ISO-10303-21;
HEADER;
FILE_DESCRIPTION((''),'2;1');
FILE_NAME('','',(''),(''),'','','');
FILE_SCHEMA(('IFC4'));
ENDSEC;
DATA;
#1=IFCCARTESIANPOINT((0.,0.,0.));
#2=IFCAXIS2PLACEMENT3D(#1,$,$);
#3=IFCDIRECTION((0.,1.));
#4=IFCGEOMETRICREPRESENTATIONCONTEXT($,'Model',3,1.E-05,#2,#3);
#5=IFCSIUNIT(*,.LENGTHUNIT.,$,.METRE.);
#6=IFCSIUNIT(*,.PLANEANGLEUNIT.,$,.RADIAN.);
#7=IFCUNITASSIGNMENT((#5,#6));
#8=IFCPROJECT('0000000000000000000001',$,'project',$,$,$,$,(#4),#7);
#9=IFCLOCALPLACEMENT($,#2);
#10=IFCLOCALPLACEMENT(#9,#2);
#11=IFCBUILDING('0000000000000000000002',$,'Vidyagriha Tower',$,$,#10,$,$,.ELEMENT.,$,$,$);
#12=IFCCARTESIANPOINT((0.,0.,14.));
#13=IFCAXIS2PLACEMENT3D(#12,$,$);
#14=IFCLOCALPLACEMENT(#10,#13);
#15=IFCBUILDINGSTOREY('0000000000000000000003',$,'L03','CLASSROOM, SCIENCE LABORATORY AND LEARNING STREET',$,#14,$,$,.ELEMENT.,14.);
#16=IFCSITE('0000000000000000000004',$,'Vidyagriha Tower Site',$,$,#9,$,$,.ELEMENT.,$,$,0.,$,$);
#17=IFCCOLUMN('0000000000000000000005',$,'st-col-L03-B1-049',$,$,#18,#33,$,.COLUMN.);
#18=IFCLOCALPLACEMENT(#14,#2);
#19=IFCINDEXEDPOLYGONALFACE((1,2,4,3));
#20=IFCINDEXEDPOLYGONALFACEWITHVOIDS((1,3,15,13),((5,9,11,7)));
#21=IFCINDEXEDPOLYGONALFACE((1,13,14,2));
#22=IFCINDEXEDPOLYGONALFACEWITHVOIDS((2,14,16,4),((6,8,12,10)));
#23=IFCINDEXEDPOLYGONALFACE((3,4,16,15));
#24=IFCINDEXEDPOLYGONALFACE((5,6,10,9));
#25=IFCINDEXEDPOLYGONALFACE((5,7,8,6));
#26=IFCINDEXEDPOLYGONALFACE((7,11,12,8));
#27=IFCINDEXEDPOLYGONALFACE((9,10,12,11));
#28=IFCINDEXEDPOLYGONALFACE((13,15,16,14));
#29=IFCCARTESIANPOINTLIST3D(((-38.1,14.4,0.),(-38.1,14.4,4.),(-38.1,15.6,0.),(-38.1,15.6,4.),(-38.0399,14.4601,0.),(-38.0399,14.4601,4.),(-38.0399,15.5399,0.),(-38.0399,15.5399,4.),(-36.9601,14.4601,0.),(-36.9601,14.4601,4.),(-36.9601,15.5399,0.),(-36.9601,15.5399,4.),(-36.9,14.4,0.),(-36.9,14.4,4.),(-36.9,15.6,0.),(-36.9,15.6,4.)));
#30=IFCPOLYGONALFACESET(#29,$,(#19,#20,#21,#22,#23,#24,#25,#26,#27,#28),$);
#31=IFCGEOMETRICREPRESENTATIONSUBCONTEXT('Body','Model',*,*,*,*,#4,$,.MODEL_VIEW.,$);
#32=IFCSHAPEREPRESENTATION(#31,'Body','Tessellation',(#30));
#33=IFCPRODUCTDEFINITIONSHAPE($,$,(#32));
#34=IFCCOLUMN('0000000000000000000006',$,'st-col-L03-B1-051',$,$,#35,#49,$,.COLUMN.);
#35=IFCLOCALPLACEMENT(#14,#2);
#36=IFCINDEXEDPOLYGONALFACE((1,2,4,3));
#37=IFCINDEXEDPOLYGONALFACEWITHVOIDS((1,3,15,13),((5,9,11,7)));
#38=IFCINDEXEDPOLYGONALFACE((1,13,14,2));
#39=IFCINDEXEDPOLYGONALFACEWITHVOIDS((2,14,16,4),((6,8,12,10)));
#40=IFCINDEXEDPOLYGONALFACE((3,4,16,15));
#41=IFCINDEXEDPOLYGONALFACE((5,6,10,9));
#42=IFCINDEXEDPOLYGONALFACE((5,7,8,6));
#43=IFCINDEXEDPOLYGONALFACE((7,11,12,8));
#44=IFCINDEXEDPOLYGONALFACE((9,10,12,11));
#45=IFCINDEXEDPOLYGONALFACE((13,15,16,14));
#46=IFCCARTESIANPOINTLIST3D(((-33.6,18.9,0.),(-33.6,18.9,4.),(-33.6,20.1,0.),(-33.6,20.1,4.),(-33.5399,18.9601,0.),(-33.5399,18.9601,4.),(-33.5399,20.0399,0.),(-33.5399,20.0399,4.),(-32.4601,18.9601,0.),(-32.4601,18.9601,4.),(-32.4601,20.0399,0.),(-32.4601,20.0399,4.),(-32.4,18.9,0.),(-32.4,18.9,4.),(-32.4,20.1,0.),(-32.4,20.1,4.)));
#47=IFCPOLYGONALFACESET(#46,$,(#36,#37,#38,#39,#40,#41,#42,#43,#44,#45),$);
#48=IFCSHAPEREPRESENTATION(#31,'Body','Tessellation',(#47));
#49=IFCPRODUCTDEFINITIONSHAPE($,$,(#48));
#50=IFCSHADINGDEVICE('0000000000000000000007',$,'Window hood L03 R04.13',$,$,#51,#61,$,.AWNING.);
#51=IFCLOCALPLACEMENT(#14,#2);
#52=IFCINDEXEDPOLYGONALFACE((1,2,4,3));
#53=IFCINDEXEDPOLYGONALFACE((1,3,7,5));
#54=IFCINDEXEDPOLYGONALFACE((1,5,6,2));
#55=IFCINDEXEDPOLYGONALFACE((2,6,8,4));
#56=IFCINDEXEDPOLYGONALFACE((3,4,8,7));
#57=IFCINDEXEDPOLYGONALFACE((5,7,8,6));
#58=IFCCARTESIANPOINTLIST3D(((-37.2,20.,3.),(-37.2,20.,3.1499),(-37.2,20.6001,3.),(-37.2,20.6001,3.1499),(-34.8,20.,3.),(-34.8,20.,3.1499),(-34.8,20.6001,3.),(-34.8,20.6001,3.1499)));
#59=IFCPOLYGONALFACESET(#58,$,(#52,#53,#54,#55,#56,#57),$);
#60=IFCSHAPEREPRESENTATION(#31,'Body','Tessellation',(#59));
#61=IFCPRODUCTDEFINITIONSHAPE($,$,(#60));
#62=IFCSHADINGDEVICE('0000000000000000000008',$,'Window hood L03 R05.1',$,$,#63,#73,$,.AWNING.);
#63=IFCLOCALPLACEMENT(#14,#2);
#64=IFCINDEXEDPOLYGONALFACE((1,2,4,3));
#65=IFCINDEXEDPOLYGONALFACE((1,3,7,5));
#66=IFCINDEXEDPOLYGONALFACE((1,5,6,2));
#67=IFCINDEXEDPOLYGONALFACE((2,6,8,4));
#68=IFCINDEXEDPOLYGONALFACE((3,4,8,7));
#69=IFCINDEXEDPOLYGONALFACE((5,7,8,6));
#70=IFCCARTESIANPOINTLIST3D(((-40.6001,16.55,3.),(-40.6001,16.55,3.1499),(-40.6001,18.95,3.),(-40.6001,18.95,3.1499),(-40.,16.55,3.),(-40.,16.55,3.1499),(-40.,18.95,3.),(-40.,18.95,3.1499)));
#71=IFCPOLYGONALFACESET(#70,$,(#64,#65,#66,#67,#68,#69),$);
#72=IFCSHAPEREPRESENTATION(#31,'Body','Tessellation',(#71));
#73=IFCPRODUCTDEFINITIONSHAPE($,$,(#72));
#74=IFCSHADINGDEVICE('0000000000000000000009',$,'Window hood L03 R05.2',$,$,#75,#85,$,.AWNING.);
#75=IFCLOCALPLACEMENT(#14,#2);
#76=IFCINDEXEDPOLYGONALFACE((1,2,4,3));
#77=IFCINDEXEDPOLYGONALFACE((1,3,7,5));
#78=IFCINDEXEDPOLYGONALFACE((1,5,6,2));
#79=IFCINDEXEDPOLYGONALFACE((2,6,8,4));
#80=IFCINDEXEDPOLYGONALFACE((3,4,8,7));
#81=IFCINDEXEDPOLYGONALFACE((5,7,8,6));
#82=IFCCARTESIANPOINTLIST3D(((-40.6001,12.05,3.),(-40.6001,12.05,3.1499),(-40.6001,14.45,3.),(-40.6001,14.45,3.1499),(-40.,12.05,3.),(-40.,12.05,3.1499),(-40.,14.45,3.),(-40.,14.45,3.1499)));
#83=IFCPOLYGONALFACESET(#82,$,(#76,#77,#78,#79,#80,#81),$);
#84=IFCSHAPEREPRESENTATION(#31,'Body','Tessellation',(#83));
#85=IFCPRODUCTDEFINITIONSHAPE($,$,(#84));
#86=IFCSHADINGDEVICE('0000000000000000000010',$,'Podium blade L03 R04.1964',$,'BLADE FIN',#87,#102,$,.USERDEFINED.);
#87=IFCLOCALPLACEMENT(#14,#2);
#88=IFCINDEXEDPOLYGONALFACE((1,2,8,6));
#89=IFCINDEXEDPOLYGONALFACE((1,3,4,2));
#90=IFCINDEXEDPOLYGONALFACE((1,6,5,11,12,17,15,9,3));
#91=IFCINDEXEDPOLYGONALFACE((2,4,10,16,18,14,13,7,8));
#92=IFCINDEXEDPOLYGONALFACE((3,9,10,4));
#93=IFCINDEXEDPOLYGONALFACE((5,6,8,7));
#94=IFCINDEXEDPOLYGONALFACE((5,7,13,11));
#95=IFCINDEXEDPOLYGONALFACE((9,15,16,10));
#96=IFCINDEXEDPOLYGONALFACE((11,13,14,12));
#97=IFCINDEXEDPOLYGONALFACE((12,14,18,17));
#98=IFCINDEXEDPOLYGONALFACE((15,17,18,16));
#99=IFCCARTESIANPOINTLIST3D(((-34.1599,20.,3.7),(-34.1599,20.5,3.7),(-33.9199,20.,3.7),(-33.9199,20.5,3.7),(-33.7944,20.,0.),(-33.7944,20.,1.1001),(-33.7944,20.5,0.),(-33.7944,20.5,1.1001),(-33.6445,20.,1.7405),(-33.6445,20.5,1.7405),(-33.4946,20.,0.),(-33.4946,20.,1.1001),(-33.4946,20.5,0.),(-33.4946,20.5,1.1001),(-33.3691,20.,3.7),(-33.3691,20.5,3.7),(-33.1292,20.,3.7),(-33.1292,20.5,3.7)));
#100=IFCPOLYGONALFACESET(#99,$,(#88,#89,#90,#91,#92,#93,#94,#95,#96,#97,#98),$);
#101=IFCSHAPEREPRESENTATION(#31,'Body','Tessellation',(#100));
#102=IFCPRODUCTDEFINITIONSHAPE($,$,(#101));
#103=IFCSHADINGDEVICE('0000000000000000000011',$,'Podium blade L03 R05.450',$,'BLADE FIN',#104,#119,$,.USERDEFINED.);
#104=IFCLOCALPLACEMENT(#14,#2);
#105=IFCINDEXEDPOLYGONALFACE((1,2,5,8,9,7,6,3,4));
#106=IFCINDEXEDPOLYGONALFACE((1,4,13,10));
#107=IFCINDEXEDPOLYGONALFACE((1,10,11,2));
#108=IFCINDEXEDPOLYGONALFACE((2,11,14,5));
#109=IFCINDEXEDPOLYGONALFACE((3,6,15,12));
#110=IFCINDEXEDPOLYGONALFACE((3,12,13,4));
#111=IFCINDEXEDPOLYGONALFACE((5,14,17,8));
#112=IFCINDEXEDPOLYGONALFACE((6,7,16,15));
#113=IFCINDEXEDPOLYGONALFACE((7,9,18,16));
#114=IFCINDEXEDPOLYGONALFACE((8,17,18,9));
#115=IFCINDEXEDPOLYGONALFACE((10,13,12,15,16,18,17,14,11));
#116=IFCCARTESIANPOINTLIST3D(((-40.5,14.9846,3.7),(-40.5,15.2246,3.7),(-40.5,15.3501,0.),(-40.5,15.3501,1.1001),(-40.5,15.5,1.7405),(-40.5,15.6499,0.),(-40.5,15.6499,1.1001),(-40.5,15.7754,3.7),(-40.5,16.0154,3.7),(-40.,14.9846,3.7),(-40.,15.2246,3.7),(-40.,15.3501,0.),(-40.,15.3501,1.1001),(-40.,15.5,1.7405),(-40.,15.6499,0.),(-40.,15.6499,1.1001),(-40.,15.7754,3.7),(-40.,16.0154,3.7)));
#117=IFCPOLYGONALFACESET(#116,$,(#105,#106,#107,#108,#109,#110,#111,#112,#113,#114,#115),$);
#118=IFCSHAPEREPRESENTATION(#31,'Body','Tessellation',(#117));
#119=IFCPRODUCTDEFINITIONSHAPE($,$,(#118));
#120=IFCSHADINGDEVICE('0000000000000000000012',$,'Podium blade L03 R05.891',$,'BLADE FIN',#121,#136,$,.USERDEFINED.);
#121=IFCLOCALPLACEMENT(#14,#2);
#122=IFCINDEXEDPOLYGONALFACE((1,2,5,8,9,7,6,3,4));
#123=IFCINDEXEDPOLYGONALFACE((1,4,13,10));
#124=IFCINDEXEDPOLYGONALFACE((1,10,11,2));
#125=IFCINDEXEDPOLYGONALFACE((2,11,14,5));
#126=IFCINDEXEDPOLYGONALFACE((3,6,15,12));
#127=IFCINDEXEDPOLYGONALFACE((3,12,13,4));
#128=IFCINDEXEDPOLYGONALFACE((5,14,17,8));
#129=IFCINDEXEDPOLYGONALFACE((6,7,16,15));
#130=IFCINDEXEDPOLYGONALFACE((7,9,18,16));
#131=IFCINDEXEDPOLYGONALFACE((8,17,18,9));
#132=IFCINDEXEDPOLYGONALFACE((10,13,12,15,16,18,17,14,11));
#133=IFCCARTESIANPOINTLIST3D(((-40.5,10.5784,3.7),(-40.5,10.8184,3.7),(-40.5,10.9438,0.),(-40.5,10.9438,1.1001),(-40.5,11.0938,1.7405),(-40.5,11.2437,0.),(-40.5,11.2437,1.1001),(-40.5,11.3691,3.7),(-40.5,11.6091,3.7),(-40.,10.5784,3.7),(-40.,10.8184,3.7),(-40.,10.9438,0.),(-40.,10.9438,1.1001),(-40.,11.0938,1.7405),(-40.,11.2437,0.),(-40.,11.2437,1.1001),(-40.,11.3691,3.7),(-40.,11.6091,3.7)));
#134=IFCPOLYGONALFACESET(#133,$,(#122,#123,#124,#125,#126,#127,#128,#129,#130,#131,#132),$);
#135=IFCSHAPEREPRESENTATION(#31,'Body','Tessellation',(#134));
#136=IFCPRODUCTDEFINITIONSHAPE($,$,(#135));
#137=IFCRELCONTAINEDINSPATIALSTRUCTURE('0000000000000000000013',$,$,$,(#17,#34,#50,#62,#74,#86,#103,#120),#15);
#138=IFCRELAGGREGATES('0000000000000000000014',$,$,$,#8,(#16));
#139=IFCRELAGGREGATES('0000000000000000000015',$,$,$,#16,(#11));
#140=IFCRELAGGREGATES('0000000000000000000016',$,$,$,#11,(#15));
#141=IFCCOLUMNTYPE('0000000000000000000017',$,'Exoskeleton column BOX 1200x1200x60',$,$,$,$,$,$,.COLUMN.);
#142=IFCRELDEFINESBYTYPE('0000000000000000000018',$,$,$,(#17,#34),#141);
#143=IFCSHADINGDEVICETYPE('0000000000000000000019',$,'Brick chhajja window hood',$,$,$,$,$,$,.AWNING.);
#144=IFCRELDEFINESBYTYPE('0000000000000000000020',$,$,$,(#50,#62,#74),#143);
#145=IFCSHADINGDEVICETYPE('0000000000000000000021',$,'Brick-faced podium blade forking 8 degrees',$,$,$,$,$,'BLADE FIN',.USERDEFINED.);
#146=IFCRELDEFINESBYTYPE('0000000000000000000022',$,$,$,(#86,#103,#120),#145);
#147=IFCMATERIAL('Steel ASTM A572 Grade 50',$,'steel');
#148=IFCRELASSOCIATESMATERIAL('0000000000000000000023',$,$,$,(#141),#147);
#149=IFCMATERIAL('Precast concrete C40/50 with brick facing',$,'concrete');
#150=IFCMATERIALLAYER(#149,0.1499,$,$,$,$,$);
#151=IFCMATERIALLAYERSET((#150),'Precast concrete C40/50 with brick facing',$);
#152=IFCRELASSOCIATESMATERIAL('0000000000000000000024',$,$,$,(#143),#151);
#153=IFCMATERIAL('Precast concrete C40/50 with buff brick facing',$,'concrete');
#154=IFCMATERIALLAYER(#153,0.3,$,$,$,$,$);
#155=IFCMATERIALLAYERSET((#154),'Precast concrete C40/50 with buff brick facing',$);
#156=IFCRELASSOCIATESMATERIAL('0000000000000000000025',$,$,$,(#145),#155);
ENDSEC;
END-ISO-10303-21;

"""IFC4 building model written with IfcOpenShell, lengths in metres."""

from ifc_helpers import new_model, si_unit, direction, frame, origin, origin_2d, place, context, subcontext, project, spatial, polyline, rectangle, hollow_rectangle, outline, extrude, material, layer, layer_set, material_profile, profile_set, type_object, element, save


model = new_model("IFC4")

# Units and contexts
model_context = context("Model", 3, precision=1e-05, world=origin(), true_north=direction((0.0, 1.0)))
body_context = subcontext(model_context, "Body", "Model", "MODEL_VIEW")
ifc_project = project(units=[si_unit("LENGTHUNIT", "METRE"), si_unit("PLANEANGLEUNIT", "RADIAN")], contexts=[model_context])

# Site, building, storey
site_placement = place(None, origin())
site = spatial("IfcSite", under=ifc_project, at=site_placement, Name="Vidyagriha Tower Site", CompositionType="ELEMENT", RefElevation=0.0)
building_placement = place(site_placement, origin())
building = spatial("IfcBuilding", under=site, at=building_placement, Name="Vidyagriha Tower", CompositionType="ELEMENT")
storey_placement = place(building_placement, frame((0.0, 0.0, 14.0)))
storey = spatial("IfcBuildingStorey", under=building, at=storey_placement, Name="L03", Description="CLASSROOM, SCIENCE LABORATORY AND LEARNING STREET", CompositionType="ELEMENT", Elevation=14.0)

# Columns
ifc_material_1 = material(Name="Steel ASTM A572 Grade 50", Category="steel")
ifc_material_profile = material_profile(ifc_material_1, hollow_rectangle(XDim=1.2, YDim=1.2, WallThickness=0.0601, at=origin_2d()), Name="BOX 1200x1200x60")
ifc_profile_set = profile_set([ifc_material_profile], Name="Steel ASTM A572 Grade 50")
column_type = type_object("IfcColumnType", Name="Exoskeleton column BOX 1200x1200x60", PredefinedType="COLUMN", material=ifc_profile_set)
for number, where, name in (
    (1, (-37.5, 15.0, 0.0), "st-col-L03-B1-049"),
    (2, (-33.0, 19.5, 0.0), "st-col-L03-B1-051"),
):
    element("IfcColumn", number, at=place(storey_placement, frame(where)), inside=storey, type_object=column_type, Name=name, PredefinedType="COLUMN", context=body_context, shape_type="SweptSolid", body=[
        extrude(hollow_rectangle(XDim=1.2, YDim=1.2, WallThickness=0.0601, at=origin_2d()), origin(), (0.0, 0.0, 1.0), 4.0),
    ])

# Shading devices
ifc_material_2 = material(Name="Precast concrete C40/50 with brick facing", Category="concrete")
ifc_layer_1 = layer(ifc_material_2, 0.1499)
ifc_layer_set_1 = layer_set([ifc_layer_1], Name="Precast concrete C40/50 with brick facing")
shading_device_type_1 = type_object("IfcShadingDeviceType", Name="Brick chhajja window hood", PredefinedType="AWNING", material=ifc_layer_set_1)
for number, where, z_axis, x_axis, name in (
    (3, (-36.0, 20.3, 3.0), (0.0, 0.0, 1.0), (-1.0, 0.0, 0.0), "Window hood L03 R04.13"),
    (4, (-40.3, 17.75, 3.0), (0.0, 0.0, 1.0), (0.0, -1.0, 0.0), "Window hood L03 R05.1"),
    (5, (-40.3, 13.25, 3.0), (0.0, 0.0, 1.0), (0.0, -1.0, 0.0), "Window hood L03 R05.2"),
):
    element("IfcShadingDevice", number, at=place(storey_placement, frame(where, z_axis=z_axis, x_axis=x_axis)), inside=storey, type_object=shading_device_type_1, Name=name, PredefinedType="AWNING", context=body_context, shape_type="SweptSolid", body=[
        extrude(rectangle(XDim=2.3999, YDim=0.6001, at=origin_2d()), origin(), (0.0, 0.0, 1.0), 0.1499),
    ])
ifc_material_3 = material(Name="Precast concrete C40/50 with buff brick facing", Category="concrete")
ifc_layer_2 = layer(ifc_material_3, 0.3)
ifc_layer_set_2 = layer_set([ifc_layer_2], Name="Precast concrete C40/50 with buff brick facing")
shading_device_type_2 = type_object("IfcShadingDeviceType", Name="Brick-faced podium blade forking 8 degrees", ElementType="BLADE FIN", PredefinedType="USERDEFINED", material=ifc_layer_set_2)
for number, where, z_axis, x_axis, name in (
    (6, (-33.1292, 20.25, 0.0), (0.0, 0.0, 1.0), (-1.0, 0.0, 0.0), "Podium blade L03 R04.1964"),
    (7, (-40.25, 16.0154, 0.0), (0.0, 0.0, 1.0), (0.0, -1.0, 0.0), "Podium blade L03 R05.450"),
    (8, (-40.25, 11.6091, 0.0), (0.0, 0.0, 1.0), (0.0, -1.0, 0.0), "Podium blade L03 R05.891"),
):
    element("IfcShadingDevice", number, at=place(storey_placement, frame(where, z_axis=z_axis, x_axis=x_axis)), inside=storey, type_object=shading_device_type_2, Name=name, ObjectType="BLADE FIN", PredefinedType="USERDEFINED", context=body_context, shape_type="SweptSolid", body=[
        extrude(outline(polyline([(0.6653, 0.0), (0.6653, 1.1001), (1.0308, 3.7), (0.7908, 3.7), (0.5154, 1.7405), (0.24, 3.7), (0.0, 3.7), (0.3655, 1.1001), (0.3655, 0.0), (0.6653, 0.0)])), frame((0.0, 0.25, 0.0), z_axis=(0.0, -1.0, 0.0), x_axis=(1.0, 0.0, 0.0)), (0.0, 0.0, 1.0), 0.5),
    ])

save(model, "model.ifc")
